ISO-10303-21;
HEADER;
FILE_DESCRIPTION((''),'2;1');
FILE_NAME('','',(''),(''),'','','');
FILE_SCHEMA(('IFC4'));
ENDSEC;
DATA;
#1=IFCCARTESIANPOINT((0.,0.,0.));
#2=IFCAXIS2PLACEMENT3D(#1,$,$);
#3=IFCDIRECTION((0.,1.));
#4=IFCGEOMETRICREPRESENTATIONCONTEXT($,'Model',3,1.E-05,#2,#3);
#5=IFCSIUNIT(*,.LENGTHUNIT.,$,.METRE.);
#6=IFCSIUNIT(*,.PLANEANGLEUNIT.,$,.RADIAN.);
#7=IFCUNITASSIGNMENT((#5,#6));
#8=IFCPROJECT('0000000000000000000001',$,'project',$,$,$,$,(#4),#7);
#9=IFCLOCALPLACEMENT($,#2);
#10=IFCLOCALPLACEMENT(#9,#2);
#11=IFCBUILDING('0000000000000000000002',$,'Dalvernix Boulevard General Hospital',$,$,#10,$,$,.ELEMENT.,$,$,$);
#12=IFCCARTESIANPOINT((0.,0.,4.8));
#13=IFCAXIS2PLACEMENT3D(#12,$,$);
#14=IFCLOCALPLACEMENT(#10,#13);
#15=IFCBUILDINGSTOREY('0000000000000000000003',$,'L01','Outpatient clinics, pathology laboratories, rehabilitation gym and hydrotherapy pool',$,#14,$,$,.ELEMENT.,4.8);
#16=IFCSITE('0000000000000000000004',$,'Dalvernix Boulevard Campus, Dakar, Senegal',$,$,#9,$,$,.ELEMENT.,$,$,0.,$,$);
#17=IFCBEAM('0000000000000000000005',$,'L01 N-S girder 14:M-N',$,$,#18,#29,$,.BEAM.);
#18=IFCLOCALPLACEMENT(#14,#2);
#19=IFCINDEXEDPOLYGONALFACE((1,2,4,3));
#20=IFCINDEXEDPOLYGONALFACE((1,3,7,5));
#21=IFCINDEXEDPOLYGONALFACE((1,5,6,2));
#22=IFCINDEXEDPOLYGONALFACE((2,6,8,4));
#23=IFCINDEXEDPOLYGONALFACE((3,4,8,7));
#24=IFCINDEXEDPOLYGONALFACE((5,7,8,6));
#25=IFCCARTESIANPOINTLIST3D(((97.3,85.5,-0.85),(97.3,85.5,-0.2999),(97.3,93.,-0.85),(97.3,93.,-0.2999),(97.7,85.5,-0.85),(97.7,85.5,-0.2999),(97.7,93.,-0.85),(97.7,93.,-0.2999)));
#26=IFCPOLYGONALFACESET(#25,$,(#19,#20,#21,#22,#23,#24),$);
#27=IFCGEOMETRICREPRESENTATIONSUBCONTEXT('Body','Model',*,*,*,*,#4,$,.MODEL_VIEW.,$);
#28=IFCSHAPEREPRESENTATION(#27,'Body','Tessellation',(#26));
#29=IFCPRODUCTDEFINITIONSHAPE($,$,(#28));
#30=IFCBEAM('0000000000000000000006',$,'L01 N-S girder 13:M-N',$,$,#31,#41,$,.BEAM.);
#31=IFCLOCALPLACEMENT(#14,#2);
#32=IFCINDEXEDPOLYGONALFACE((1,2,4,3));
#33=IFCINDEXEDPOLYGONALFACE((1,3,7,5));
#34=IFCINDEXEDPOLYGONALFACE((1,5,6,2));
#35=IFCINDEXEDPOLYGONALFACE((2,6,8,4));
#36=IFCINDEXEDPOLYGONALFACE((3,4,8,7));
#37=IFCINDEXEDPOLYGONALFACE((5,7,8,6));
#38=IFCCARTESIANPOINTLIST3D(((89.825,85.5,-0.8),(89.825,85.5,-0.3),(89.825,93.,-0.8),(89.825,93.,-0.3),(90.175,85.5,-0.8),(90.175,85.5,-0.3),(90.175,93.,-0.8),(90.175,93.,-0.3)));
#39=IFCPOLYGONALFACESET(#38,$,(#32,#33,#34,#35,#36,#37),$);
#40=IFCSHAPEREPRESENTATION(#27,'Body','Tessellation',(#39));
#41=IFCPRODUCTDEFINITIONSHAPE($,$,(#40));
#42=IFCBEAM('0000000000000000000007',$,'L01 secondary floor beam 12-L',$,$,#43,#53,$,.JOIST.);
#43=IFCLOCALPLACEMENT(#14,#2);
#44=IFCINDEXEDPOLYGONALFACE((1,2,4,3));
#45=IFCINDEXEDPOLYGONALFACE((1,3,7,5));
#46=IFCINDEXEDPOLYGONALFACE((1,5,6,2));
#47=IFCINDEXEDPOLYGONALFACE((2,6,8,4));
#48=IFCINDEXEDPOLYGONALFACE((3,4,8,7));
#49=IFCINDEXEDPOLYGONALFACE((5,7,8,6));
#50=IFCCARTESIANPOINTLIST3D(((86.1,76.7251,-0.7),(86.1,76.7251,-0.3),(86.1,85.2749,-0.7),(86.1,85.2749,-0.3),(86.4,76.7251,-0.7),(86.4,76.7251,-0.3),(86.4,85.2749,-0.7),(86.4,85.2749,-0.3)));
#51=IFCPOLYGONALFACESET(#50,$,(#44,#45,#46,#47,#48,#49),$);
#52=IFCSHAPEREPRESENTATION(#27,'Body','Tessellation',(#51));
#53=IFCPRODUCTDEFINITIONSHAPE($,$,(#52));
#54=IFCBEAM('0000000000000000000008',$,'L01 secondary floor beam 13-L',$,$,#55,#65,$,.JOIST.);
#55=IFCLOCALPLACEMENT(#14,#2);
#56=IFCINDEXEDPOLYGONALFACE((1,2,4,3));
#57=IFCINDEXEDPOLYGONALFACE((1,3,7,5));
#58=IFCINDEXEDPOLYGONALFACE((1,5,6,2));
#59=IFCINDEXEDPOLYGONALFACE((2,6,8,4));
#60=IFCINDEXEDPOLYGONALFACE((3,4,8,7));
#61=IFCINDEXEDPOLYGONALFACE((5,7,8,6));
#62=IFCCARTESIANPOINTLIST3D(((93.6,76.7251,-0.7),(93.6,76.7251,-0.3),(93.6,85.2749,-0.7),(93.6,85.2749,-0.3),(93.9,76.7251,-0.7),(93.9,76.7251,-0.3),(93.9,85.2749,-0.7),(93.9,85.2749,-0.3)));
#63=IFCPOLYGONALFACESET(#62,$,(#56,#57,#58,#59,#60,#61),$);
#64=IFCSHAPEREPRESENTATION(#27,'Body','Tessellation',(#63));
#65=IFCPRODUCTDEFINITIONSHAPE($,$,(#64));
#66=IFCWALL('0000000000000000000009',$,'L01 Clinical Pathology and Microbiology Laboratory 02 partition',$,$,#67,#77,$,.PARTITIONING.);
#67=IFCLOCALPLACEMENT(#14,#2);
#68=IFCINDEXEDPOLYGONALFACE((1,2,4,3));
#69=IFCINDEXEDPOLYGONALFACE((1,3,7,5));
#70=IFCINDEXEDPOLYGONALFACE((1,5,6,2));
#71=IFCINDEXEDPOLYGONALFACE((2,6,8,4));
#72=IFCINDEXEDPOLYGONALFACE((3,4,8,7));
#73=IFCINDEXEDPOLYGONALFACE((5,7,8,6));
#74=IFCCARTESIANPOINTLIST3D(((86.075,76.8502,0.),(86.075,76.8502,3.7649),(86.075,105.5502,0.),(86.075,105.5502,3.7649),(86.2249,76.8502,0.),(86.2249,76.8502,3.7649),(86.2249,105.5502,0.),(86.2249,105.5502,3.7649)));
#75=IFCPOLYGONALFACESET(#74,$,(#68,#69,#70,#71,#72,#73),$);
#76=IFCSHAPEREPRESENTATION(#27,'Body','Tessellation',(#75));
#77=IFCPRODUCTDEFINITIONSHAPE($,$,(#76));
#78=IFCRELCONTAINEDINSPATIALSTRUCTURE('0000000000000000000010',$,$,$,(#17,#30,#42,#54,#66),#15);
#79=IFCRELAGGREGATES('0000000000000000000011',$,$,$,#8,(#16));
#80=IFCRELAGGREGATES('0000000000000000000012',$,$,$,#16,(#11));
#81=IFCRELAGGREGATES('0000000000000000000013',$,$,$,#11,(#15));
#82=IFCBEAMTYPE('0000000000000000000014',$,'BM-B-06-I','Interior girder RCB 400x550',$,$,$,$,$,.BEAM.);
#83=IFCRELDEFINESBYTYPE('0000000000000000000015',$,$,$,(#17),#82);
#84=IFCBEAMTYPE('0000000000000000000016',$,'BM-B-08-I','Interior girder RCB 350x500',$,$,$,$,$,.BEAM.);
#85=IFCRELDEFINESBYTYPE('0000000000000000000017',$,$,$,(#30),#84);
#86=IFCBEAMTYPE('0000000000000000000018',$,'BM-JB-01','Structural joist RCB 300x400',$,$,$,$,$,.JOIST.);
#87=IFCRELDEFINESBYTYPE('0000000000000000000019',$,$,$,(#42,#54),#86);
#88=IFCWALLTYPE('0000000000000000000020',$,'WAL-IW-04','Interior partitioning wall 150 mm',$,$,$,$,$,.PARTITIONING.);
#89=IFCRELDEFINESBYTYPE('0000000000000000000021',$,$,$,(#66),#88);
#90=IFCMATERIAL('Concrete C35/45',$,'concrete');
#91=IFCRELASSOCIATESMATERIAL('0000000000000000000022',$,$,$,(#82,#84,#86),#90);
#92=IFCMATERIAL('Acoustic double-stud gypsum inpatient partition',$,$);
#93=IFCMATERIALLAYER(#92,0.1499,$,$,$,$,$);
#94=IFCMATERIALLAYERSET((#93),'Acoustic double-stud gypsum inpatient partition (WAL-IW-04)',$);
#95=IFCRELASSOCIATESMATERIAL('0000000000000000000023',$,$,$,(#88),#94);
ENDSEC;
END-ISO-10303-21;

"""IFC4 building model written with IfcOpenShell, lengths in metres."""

from ifc_helpers import new_model, si_unit, direction, frame, frame_2d, origin, origin_2d, place, context, subcontext, project, spatial, rectangle, extrude, material, layer, layer_set, material_profile, profile_set, type_object, element, save


model = new_model("IFC4")

# Units and contexts
model_context = context("Model", 3, precision=1e-05, world=origin(), true_north=direction((0.0, 1.0)))
body_context = subcontext(model_context, "Body", "Model", "MODEL_VIEW")
ifc_project = project(units=[si_unit("LENGTHUNIT", "METRE"), si_unit("PLANEANGLEUNIT", "RADIAN")], contexts=[model_context])

# Site, building, storey
site_placement = place(None, origin())
site = spatial("IfcSite", under=ifc_project, at=site_placement, Name="Dalvernix Boulevard Campus, Dakar, Senegal", CompositionType="ELEMENT", RefElevation=0.0)
building_placement = place(site_placement, origin())
building = spatial("IfcBuilding", under=site, at=building_placement, Name="Dalvernix Boulevard General Hospital", CompositionType="ELEMENT")
storey_placement = place(building_placement, frame((0.0, 0.0, 4.8)))
storey = spatial("IfcBuildingStorey", under=building, at=storey_placement, Name="L01", Description="Outpatient clinics, pathology laboratories, rehabilitation gym and hydrotherapy pool", CompositionType="ELEMENT", Elevation=4.8)

# Beams
ifc_material_1 = material(Name="Concrete C35/45", Category="concrete")
ifc_material_profile_1 = material_profile(ifc_material_1, rectangle(XDim=0.3999, YDim=0.55, at=origin_2d()), Name="RCB 400x550")
ifc_profile_set_1 = profile_set([ifc_material_profile_1], Name="Concrete C35/45")
beam_type_1 = type_object("IfcBeamType", Name="BM-B-06-I", Description="Interior girder RCB 400x550", PredefinedType="BEAM", material=ifc_profile_set_1)
for number, where, z_axis, x_axis, name in (
    (1, (97.5, 85.5, -0.575), (0.0, 1.0, 0.0), (-1.0, 0.0, 0.0), "L01 N-S girder 14:M-N"),
):
    element("IfcBeam", number, at=place(storey_placement, frame(where, z_axis=z_axis, x_axis=x_axis)), inside=storey, type_object=beam_type_1, Name=name, PredefinedType="BEAM", context=body_context, shape_type="SweptSolid", body=[
        extrude(rectangle(XDim=0.3999, YDim=0.55, at=origin_2d()), origin(), (0.0, 0.0, 1.0), 7.5),
    ])
ifc_material_profile_2 = material_profile(ifc_material_1, rectangle(XDim=0.3501, YDim=0.5, at=origin_2d()), Name="RCB 350x500")
ifc_profile_set_2 = profile_set([ifc_material_profile_2], Name="Concrete C35/45")
beam_type_2 = type_object("IfcBeamType", Name="BM-B-08-I", Description="Interior girder RCB 350x500", PredefinedType="BEAM", material=ifc_profile_set_2)
beam_placement = place(storey_placement, frame((90.0, 85.5, -0.55), z_axis=(0.0, 1.0, 0.0), x_axis=(-1.0, 0.0, 0.0)))
element("IfcBeam", 2, at=beam_placement, inside=storey, type_object=beam_type_2, Name="L01 N-S girder 13:M-N", PredefinedType="BEAM", context=body_context, shape_type="SweptSolid", body=[
    extrude(rectangle(XDim=0.3501, YDim=0.5, at=origin_2d()), origin(), (0.0, 0.0, 1.0), 7.5),
])
ifc_material_profile_3 = material_profile(ifc_material_1, rectangle(XDim=0.3, YDim=0.3999, at=origin_2d()), Name="RCB 300x400")
ifc_profile_set_3 = profile_set([ifc_material_profile_3], Name="Concrete C35/45")
beam_type_3 = type_object("IfcBeamType", Name="BM-JB-01", Description="Structural joist RCB 300x400", PredefinedType="JOIST", material=ifc_profile_set_3)
for number, where, z_axis, x_axis, name in (
    (3, (86.25, 76.7251, -0.5), (0.0, 1.0, 0.0), (-1.0, 0.0, 0.0), "L01 secondary floor beam 12-L"),
    (4, (93.75, 76.7251, -0.5), (0.0, 1.0, 0.0), (-1.0, 0.0, 0.0), "L01 secondary floor beam 13-L"),
):
    element("IfcBeam", number, at=place(storey_placement, frame(where, z_axis=z_axis, x_axis=x_axis)), inside=storey, type_object=beam_type_3, Name=name, PredefinedType="JOIST", context=body_context, shape_type="SweptSolid", body=[
        extrude(rectangle(XDim=0.3, YDim=0.3999, at=origin_2d()), origin(), (0.0, 0.0, 1.0), 8.5498),
    ])

# Wall
ifc_material_2 = material(Name="Acoustic double-stud gypsum inpatient partition")
ifc_layer = layer(ifc_material_2, 0.1499)
ifc_layer_set = layer_set([ifc_layer], Name="Acoustic double-stud gypsum inpatient partition (WAL-IW-04)")
wall_type = type_object("IfcWallType", Name="WAL-IW-04", Description="Interior partitioning wall 150 mm", PredefinedType="PARTITIONING", material=ifc_layer_set)
wall_placement = place(storey_placement, frame((86.1499, 76.8501, 0.0), z_axis=(0.0, 0.0, 1.0), x_axis=(0.0, 1.0, 0.0)))
element("IfcWall", 5, at=wall_placement, inside=storey, type_object=wall_type, Name="L01 Clinical Pathology and Microbiology Laboratory 02 partition", PredefinedType="PARTITIONING", context=body_context, shape_type="SweptSolid", body=[
    extrude(rectangle(XDim=28.7, YDim=0.1499, at=frame_2d((14.3501, 0.0))), origin(), (0.0, 0.0, 1.0), 3.7649),
])

save(model, "model.ifc")
